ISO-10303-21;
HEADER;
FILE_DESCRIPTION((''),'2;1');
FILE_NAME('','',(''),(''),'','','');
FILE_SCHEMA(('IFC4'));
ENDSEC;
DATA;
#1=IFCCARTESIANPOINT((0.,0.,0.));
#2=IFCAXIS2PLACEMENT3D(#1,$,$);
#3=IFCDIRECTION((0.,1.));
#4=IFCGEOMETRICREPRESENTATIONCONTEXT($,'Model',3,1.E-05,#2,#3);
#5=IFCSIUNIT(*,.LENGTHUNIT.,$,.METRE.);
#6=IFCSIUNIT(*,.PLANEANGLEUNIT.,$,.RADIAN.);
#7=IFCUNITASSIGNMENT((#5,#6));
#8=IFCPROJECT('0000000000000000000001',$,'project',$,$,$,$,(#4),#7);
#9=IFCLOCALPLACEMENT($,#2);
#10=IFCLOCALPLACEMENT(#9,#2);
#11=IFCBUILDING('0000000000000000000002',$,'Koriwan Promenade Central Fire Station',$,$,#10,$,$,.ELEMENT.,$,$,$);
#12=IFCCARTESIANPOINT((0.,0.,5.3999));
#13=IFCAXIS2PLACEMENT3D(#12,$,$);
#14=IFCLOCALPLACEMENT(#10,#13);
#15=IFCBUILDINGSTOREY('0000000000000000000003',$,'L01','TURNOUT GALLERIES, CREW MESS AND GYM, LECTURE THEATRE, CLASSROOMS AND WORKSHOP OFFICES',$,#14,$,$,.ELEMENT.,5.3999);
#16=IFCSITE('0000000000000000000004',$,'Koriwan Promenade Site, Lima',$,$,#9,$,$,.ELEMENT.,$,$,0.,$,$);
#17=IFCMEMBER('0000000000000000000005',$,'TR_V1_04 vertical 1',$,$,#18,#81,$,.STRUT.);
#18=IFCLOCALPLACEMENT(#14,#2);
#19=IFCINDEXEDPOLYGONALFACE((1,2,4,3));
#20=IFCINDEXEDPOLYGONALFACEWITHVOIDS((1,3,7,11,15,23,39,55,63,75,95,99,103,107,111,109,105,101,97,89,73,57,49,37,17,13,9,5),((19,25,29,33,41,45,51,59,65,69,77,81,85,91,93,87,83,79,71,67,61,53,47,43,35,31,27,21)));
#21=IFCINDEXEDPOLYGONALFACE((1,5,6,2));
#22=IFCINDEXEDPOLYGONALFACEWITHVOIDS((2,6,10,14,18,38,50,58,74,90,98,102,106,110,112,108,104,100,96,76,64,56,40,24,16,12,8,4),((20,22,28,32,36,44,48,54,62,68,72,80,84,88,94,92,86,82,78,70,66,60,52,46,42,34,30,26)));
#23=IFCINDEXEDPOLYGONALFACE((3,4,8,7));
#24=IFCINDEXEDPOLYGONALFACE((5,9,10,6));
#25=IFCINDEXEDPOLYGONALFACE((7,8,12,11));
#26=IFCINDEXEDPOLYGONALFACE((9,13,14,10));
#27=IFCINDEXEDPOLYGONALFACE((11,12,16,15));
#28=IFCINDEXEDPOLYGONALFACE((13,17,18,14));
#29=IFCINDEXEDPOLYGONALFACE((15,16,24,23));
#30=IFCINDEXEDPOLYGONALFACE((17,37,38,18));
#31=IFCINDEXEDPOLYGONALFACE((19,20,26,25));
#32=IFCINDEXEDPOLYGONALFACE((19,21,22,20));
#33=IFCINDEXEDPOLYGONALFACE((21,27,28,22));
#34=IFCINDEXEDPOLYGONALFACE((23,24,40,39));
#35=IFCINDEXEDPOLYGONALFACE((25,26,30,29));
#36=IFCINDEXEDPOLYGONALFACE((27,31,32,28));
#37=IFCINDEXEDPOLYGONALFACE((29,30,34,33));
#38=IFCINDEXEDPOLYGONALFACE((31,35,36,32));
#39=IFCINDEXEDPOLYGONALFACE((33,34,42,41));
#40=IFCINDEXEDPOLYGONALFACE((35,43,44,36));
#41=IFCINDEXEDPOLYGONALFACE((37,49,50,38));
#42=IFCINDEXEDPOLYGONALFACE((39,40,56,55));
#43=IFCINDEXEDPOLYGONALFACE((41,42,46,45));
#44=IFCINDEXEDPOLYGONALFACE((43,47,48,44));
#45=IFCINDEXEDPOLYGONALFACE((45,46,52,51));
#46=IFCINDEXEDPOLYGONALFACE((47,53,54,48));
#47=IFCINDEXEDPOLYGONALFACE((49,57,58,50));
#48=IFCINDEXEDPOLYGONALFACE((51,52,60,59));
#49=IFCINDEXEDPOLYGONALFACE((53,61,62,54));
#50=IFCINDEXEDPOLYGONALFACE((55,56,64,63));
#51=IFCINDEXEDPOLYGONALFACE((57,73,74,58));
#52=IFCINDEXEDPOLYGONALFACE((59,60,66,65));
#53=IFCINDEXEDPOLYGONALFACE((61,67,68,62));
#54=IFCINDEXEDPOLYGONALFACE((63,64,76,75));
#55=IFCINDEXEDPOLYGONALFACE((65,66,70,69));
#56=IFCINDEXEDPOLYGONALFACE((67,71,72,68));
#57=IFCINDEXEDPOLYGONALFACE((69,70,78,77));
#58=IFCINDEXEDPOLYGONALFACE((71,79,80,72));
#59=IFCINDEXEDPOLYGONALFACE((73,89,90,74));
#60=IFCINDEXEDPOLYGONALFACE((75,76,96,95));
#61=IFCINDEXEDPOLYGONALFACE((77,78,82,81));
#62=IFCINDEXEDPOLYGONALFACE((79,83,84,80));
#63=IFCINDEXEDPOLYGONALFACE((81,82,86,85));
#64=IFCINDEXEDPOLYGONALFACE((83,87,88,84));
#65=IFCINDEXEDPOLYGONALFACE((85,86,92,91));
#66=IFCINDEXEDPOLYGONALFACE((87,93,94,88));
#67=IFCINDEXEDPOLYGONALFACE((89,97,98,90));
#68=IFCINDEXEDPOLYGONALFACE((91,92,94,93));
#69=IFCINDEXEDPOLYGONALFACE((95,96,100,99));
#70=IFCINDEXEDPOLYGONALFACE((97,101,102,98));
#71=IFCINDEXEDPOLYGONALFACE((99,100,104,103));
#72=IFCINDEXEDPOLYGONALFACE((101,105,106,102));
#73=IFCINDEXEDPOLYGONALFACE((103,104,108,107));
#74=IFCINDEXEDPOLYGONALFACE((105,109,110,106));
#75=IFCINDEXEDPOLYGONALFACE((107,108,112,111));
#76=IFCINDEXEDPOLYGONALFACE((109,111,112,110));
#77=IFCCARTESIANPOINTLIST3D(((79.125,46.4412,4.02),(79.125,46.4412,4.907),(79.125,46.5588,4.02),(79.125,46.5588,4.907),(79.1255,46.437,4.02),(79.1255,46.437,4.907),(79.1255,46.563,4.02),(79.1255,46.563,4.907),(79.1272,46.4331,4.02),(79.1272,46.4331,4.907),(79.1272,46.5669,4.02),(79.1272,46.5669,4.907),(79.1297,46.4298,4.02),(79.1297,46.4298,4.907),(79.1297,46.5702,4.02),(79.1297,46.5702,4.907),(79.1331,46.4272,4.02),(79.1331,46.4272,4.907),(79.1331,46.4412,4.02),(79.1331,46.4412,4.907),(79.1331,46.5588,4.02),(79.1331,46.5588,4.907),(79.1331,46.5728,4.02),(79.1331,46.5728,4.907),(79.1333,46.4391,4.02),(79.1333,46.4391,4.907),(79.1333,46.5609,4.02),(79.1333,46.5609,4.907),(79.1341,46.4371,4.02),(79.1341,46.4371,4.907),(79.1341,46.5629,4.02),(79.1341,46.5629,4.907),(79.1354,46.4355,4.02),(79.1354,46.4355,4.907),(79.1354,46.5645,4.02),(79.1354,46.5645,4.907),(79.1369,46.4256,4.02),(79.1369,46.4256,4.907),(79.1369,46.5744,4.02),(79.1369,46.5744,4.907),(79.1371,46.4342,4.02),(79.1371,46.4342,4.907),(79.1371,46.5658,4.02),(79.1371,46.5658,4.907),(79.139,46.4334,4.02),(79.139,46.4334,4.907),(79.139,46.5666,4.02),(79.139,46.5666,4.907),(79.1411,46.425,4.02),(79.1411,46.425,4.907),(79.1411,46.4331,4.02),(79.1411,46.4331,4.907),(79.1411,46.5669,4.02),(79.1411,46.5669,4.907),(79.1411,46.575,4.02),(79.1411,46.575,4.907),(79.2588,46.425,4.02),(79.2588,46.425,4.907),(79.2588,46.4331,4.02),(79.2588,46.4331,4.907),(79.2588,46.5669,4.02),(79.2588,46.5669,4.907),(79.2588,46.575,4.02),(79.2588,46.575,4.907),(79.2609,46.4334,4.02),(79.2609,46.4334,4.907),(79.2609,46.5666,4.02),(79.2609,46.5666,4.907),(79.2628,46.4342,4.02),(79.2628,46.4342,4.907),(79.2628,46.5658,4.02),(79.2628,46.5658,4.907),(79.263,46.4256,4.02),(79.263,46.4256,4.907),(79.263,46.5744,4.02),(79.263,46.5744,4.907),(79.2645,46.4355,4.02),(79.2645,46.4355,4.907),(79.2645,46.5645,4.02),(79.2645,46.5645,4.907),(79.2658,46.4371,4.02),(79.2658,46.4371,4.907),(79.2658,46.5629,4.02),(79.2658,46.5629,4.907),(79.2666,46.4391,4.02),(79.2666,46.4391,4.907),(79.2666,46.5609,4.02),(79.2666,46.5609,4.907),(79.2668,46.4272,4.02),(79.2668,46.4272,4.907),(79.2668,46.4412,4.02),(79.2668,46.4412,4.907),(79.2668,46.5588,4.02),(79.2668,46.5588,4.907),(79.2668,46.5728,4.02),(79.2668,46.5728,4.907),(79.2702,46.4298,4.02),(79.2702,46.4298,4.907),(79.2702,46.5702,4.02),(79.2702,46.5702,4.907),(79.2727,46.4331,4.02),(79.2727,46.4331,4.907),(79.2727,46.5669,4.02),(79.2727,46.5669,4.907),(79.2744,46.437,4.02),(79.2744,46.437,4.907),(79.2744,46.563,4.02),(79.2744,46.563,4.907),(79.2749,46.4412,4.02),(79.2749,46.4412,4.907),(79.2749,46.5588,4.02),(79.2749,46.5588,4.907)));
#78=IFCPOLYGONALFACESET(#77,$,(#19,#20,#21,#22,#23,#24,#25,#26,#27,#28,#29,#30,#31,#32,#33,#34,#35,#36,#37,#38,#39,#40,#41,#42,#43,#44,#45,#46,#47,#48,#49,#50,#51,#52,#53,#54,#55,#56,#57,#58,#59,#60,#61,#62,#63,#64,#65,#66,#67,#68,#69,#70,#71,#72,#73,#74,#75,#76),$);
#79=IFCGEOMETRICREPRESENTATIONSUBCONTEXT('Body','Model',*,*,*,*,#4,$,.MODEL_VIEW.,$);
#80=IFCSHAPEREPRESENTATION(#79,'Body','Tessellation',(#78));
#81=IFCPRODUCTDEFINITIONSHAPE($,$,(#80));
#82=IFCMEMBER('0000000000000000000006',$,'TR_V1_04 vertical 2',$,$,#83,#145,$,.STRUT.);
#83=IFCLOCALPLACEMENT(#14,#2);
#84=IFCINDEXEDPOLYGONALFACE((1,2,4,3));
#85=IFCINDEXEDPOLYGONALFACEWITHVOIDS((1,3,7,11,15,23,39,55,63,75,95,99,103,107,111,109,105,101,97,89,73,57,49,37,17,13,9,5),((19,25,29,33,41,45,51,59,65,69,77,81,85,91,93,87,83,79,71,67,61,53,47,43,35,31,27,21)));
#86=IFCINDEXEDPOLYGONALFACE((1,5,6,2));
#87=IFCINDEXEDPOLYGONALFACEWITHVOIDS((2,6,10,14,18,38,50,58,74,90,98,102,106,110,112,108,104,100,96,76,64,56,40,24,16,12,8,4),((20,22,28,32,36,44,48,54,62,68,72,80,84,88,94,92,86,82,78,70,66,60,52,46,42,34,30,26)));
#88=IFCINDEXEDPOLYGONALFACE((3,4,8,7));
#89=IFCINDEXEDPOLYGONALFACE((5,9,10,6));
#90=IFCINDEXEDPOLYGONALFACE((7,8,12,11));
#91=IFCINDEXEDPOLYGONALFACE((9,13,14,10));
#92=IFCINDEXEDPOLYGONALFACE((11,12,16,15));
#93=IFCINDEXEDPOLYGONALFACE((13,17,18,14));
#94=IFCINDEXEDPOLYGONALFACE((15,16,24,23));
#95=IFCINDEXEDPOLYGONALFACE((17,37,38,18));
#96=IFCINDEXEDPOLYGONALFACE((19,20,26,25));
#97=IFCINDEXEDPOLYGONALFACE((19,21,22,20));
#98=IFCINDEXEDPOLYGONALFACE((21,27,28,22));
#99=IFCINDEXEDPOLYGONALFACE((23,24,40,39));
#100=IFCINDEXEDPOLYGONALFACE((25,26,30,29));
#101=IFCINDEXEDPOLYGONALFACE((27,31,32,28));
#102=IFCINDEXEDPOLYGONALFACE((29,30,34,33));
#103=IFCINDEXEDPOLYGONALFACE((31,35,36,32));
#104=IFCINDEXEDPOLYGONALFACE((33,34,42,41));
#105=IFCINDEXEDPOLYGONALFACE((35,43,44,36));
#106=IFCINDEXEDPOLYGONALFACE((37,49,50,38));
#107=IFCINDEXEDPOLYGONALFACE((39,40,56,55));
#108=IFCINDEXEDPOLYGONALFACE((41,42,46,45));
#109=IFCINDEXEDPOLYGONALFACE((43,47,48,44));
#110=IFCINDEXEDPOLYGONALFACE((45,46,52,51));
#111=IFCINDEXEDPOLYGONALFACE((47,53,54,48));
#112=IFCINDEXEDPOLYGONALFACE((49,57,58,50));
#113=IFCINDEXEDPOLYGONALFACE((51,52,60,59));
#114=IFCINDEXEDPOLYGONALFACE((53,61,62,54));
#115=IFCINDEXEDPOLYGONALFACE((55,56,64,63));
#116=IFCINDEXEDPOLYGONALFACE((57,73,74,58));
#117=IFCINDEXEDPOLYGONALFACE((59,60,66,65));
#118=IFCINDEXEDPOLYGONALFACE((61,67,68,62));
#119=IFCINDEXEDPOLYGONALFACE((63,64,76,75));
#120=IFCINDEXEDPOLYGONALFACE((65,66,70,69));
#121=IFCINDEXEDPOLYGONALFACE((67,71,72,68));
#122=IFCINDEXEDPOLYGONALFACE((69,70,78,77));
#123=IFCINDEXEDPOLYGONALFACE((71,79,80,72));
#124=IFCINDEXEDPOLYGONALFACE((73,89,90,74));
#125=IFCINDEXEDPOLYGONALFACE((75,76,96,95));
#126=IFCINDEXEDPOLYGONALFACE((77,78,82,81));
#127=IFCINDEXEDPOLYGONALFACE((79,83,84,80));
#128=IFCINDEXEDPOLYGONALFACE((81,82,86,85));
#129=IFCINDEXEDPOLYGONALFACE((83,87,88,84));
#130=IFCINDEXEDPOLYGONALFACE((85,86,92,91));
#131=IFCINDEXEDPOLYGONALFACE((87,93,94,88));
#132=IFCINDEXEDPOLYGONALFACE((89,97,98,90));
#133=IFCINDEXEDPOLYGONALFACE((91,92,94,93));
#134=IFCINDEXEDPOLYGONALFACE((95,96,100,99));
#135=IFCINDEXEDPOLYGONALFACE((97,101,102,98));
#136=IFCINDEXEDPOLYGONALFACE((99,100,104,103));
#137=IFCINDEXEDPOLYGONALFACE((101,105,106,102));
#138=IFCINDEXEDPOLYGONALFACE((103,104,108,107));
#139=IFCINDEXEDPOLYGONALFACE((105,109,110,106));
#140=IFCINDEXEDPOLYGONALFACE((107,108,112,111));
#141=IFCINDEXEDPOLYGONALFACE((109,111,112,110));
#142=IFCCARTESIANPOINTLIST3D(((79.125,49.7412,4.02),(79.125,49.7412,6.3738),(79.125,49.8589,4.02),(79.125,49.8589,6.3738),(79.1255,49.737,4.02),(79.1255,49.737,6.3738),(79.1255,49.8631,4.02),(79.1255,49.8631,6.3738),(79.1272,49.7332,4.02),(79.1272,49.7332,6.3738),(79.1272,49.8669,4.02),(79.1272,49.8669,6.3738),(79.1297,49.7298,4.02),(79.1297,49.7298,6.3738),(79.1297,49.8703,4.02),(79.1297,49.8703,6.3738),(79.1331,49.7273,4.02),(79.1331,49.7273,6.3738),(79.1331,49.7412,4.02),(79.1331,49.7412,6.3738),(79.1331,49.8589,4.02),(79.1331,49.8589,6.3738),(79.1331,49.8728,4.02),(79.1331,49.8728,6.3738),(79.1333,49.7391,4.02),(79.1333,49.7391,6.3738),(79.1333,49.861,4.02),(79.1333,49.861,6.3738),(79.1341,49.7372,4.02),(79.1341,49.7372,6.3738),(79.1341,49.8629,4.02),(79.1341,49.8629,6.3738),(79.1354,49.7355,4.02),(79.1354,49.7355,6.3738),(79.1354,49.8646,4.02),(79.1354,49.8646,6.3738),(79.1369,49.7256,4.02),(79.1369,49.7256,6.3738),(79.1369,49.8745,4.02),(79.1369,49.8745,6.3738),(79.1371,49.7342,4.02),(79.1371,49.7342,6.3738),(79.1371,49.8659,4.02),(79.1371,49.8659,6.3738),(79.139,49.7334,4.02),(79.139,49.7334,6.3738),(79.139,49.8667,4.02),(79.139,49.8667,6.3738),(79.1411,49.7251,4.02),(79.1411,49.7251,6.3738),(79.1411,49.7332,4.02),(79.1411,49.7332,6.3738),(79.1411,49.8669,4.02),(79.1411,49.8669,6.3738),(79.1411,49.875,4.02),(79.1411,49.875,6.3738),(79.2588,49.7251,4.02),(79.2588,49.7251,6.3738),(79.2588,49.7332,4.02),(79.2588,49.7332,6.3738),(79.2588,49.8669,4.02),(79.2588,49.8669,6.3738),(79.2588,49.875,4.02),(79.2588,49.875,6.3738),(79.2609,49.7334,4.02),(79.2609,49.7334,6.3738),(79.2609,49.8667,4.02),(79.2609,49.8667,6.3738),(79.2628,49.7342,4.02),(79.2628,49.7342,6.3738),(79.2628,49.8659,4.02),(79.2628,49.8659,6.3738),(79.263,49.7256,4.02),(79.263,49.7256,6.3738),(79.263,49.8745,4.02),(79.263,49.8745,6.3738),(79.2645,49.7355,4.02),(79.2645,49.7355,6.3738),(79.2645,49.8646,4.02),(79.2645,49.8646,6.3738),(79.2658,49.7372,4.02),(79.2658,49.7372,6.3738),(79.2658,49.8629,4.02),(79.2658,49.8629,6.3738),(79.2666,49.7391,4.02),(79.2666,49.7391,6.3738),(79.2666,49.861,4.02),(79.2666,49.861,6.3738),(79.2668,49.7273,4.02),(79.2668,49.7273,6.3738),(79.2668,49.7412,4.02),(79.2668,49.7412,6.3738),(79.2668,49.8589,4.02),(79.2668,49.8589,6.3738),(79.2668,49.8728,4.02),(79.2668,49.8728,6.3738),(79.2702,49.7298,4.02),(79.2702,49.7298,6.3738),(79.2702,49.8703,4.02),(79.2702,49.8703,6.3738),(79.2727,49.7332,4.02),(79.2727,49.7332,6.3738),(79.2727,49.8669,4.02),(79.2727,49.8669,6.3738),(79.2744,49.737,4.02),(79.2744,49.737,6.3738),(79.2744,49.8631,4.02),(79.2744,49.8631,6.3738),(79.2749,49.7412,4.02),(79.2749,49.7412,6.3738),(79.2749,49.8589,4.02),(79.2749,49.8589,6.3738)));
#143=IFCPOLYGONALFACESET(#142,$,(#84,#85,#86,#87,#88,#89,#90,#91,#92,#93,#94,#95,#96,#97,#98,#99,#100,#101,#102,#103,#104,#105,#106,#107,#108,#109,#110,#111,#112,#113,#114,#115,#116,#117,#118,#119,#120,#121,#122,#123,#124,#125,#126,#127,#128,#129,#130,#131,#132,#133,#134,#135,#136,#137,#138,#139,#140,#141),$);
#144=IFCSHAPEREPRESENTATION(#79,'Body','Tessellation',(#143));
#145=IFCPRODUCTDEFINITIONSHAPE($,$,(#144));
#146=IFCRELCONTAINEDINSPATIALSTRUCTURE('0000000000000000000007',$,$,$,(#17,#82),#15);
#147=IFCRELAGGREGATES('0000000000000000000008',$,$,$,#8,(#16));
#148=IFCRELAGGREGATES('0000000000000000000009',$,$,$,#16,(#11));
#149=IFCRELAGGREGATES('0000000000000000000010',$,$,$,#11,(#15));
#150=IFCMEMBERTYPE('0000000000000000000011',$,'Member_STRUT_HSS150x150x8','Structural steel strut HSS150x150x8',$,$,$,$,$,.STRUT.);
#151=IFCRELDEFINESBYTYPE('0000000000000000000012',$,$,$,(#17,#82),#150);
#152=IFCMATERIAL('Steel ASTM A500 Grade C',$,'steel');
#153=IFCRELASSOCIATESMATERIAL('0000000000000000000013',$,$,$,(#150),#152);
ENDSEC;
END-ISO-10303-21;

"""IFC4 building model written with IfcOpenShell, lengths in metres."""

from ifc_helpers import new_model, si_unit, direction, frame, origin, origin_2d, place, context, subcontext, project, spatial, hollow_rectangle, extrude, material, material_profile, profile_set, type_object, element, save


model = new_model("IFC4")

# Units and contexts
model_context = context("Model", 3, precision=1e-05, world=origin(), true_north=direction((0.0, 1.0)))
body_context = subcontext(model_context, "Body", "Model", "MODEL_VIEW")
ifc_project = project(units=[si_unit("LENGTHUNIT", "METRE"), si_unit("PLANEANGLEUNIT", "RADIAN")], contexts=[model_context])

# Site, building, storey
site_placement = place(None, origin())
site = spatial("IfcSite", under=ifc_project, at=site_placement, Name="Koriwan Promenade Site, Lima", CompositionType="ELEMENT", RefElevation=0.0)
building_placement = place(site_placement, origin())
building = spatial("IfcBuilding", under=site, at=building_placement, Name="Koriwan Promenade Central Fire Station", CompositionType="ELEMENT")
storey_placement = place(building_placement, frame((0.0, 0.0, 5.3999)))
storey = spatial("IfcBuildingStorey", under=building, at=storey_placement, Name="L01", Description="TURNOUT GALLERIES, CREW MESS AND GYM, LECTURE THEATRE, CLASSROOMS AND WORKSHOP OFFICES", CompositionType="ELEMENT", Elevation=5.3999)

# Members
ifc_material_1 = material(Name="Steel ASTM A500 Grade C", Category="steel")
ifc_material_profile_1 = material_profile(ifc_material_1, hollow_rectangle(XDim=0.1499, YDim=0.1499, WallThickness=0.0081, InnerFilletRadius=0.0081, OuterFilletRadius=0.0161, at=origin_2d()), Name="HSS150x150x8")
ifc_profile_set_1 = profile_set([ifc_material_profile_1], Name="Steel ASTM A500 Grade C")
member_type_1 = type_object("IfcMemberType", Name="Member_STRUT_HSS150x150x8", Description="Structural steel strut HSS150x150x8", PredefinedType="STRUT", material=ifc_profile_set_1)
member_1_placement = place(storey_placement, frame((79.2, 46.5, 4.02), z_axis=(0.0, 0.0, 1.0), x_axis=(1.0, 0.0, 0.0)))
element("IfcMember", 1, at=member_1_placement, inside=storey, type_object=member_type_1, Name="TR_V1_04 vertical 1", PredefinedType="STRUT", context=body_context, shape_type="SweptSolid", body=[
    extrude(hollow_rectangle(XDim=0.1499, YDim=0.1499, WallThickness=0.0081, InnerFilletRadius=0.0081, OuterFilletRadius=0.0161, at=origin_2d()), origin(), (0.0, 0.0, 1.0), 0.887),
])
member_2_placement = place(storey_placement, frame((79.2, 49.8, 4.02), z_axis=(0.0, 0.0, 1.0), x_axis=(1.0, 0.0, 0.0)))
element("IfcMember", 2, at=member_2_placement, inside=storey, type_object=member_type_1, Name="TR_V1_04 vertical 2", PredefinedType="STRUT", context=body_context, shape_type="SweptSolid", body=[
    extrude(hollow_rectangle(XDim=0.1499, YDim=0.1499, WallThickness=0.0081, InnerFilletRadius=0.0081, OuterFilletRadius=0.0161, at=origin_2d()), origin(), (0.0, 0.0, 1.0), 2.3538),
])

save(model, "model.ifc")
